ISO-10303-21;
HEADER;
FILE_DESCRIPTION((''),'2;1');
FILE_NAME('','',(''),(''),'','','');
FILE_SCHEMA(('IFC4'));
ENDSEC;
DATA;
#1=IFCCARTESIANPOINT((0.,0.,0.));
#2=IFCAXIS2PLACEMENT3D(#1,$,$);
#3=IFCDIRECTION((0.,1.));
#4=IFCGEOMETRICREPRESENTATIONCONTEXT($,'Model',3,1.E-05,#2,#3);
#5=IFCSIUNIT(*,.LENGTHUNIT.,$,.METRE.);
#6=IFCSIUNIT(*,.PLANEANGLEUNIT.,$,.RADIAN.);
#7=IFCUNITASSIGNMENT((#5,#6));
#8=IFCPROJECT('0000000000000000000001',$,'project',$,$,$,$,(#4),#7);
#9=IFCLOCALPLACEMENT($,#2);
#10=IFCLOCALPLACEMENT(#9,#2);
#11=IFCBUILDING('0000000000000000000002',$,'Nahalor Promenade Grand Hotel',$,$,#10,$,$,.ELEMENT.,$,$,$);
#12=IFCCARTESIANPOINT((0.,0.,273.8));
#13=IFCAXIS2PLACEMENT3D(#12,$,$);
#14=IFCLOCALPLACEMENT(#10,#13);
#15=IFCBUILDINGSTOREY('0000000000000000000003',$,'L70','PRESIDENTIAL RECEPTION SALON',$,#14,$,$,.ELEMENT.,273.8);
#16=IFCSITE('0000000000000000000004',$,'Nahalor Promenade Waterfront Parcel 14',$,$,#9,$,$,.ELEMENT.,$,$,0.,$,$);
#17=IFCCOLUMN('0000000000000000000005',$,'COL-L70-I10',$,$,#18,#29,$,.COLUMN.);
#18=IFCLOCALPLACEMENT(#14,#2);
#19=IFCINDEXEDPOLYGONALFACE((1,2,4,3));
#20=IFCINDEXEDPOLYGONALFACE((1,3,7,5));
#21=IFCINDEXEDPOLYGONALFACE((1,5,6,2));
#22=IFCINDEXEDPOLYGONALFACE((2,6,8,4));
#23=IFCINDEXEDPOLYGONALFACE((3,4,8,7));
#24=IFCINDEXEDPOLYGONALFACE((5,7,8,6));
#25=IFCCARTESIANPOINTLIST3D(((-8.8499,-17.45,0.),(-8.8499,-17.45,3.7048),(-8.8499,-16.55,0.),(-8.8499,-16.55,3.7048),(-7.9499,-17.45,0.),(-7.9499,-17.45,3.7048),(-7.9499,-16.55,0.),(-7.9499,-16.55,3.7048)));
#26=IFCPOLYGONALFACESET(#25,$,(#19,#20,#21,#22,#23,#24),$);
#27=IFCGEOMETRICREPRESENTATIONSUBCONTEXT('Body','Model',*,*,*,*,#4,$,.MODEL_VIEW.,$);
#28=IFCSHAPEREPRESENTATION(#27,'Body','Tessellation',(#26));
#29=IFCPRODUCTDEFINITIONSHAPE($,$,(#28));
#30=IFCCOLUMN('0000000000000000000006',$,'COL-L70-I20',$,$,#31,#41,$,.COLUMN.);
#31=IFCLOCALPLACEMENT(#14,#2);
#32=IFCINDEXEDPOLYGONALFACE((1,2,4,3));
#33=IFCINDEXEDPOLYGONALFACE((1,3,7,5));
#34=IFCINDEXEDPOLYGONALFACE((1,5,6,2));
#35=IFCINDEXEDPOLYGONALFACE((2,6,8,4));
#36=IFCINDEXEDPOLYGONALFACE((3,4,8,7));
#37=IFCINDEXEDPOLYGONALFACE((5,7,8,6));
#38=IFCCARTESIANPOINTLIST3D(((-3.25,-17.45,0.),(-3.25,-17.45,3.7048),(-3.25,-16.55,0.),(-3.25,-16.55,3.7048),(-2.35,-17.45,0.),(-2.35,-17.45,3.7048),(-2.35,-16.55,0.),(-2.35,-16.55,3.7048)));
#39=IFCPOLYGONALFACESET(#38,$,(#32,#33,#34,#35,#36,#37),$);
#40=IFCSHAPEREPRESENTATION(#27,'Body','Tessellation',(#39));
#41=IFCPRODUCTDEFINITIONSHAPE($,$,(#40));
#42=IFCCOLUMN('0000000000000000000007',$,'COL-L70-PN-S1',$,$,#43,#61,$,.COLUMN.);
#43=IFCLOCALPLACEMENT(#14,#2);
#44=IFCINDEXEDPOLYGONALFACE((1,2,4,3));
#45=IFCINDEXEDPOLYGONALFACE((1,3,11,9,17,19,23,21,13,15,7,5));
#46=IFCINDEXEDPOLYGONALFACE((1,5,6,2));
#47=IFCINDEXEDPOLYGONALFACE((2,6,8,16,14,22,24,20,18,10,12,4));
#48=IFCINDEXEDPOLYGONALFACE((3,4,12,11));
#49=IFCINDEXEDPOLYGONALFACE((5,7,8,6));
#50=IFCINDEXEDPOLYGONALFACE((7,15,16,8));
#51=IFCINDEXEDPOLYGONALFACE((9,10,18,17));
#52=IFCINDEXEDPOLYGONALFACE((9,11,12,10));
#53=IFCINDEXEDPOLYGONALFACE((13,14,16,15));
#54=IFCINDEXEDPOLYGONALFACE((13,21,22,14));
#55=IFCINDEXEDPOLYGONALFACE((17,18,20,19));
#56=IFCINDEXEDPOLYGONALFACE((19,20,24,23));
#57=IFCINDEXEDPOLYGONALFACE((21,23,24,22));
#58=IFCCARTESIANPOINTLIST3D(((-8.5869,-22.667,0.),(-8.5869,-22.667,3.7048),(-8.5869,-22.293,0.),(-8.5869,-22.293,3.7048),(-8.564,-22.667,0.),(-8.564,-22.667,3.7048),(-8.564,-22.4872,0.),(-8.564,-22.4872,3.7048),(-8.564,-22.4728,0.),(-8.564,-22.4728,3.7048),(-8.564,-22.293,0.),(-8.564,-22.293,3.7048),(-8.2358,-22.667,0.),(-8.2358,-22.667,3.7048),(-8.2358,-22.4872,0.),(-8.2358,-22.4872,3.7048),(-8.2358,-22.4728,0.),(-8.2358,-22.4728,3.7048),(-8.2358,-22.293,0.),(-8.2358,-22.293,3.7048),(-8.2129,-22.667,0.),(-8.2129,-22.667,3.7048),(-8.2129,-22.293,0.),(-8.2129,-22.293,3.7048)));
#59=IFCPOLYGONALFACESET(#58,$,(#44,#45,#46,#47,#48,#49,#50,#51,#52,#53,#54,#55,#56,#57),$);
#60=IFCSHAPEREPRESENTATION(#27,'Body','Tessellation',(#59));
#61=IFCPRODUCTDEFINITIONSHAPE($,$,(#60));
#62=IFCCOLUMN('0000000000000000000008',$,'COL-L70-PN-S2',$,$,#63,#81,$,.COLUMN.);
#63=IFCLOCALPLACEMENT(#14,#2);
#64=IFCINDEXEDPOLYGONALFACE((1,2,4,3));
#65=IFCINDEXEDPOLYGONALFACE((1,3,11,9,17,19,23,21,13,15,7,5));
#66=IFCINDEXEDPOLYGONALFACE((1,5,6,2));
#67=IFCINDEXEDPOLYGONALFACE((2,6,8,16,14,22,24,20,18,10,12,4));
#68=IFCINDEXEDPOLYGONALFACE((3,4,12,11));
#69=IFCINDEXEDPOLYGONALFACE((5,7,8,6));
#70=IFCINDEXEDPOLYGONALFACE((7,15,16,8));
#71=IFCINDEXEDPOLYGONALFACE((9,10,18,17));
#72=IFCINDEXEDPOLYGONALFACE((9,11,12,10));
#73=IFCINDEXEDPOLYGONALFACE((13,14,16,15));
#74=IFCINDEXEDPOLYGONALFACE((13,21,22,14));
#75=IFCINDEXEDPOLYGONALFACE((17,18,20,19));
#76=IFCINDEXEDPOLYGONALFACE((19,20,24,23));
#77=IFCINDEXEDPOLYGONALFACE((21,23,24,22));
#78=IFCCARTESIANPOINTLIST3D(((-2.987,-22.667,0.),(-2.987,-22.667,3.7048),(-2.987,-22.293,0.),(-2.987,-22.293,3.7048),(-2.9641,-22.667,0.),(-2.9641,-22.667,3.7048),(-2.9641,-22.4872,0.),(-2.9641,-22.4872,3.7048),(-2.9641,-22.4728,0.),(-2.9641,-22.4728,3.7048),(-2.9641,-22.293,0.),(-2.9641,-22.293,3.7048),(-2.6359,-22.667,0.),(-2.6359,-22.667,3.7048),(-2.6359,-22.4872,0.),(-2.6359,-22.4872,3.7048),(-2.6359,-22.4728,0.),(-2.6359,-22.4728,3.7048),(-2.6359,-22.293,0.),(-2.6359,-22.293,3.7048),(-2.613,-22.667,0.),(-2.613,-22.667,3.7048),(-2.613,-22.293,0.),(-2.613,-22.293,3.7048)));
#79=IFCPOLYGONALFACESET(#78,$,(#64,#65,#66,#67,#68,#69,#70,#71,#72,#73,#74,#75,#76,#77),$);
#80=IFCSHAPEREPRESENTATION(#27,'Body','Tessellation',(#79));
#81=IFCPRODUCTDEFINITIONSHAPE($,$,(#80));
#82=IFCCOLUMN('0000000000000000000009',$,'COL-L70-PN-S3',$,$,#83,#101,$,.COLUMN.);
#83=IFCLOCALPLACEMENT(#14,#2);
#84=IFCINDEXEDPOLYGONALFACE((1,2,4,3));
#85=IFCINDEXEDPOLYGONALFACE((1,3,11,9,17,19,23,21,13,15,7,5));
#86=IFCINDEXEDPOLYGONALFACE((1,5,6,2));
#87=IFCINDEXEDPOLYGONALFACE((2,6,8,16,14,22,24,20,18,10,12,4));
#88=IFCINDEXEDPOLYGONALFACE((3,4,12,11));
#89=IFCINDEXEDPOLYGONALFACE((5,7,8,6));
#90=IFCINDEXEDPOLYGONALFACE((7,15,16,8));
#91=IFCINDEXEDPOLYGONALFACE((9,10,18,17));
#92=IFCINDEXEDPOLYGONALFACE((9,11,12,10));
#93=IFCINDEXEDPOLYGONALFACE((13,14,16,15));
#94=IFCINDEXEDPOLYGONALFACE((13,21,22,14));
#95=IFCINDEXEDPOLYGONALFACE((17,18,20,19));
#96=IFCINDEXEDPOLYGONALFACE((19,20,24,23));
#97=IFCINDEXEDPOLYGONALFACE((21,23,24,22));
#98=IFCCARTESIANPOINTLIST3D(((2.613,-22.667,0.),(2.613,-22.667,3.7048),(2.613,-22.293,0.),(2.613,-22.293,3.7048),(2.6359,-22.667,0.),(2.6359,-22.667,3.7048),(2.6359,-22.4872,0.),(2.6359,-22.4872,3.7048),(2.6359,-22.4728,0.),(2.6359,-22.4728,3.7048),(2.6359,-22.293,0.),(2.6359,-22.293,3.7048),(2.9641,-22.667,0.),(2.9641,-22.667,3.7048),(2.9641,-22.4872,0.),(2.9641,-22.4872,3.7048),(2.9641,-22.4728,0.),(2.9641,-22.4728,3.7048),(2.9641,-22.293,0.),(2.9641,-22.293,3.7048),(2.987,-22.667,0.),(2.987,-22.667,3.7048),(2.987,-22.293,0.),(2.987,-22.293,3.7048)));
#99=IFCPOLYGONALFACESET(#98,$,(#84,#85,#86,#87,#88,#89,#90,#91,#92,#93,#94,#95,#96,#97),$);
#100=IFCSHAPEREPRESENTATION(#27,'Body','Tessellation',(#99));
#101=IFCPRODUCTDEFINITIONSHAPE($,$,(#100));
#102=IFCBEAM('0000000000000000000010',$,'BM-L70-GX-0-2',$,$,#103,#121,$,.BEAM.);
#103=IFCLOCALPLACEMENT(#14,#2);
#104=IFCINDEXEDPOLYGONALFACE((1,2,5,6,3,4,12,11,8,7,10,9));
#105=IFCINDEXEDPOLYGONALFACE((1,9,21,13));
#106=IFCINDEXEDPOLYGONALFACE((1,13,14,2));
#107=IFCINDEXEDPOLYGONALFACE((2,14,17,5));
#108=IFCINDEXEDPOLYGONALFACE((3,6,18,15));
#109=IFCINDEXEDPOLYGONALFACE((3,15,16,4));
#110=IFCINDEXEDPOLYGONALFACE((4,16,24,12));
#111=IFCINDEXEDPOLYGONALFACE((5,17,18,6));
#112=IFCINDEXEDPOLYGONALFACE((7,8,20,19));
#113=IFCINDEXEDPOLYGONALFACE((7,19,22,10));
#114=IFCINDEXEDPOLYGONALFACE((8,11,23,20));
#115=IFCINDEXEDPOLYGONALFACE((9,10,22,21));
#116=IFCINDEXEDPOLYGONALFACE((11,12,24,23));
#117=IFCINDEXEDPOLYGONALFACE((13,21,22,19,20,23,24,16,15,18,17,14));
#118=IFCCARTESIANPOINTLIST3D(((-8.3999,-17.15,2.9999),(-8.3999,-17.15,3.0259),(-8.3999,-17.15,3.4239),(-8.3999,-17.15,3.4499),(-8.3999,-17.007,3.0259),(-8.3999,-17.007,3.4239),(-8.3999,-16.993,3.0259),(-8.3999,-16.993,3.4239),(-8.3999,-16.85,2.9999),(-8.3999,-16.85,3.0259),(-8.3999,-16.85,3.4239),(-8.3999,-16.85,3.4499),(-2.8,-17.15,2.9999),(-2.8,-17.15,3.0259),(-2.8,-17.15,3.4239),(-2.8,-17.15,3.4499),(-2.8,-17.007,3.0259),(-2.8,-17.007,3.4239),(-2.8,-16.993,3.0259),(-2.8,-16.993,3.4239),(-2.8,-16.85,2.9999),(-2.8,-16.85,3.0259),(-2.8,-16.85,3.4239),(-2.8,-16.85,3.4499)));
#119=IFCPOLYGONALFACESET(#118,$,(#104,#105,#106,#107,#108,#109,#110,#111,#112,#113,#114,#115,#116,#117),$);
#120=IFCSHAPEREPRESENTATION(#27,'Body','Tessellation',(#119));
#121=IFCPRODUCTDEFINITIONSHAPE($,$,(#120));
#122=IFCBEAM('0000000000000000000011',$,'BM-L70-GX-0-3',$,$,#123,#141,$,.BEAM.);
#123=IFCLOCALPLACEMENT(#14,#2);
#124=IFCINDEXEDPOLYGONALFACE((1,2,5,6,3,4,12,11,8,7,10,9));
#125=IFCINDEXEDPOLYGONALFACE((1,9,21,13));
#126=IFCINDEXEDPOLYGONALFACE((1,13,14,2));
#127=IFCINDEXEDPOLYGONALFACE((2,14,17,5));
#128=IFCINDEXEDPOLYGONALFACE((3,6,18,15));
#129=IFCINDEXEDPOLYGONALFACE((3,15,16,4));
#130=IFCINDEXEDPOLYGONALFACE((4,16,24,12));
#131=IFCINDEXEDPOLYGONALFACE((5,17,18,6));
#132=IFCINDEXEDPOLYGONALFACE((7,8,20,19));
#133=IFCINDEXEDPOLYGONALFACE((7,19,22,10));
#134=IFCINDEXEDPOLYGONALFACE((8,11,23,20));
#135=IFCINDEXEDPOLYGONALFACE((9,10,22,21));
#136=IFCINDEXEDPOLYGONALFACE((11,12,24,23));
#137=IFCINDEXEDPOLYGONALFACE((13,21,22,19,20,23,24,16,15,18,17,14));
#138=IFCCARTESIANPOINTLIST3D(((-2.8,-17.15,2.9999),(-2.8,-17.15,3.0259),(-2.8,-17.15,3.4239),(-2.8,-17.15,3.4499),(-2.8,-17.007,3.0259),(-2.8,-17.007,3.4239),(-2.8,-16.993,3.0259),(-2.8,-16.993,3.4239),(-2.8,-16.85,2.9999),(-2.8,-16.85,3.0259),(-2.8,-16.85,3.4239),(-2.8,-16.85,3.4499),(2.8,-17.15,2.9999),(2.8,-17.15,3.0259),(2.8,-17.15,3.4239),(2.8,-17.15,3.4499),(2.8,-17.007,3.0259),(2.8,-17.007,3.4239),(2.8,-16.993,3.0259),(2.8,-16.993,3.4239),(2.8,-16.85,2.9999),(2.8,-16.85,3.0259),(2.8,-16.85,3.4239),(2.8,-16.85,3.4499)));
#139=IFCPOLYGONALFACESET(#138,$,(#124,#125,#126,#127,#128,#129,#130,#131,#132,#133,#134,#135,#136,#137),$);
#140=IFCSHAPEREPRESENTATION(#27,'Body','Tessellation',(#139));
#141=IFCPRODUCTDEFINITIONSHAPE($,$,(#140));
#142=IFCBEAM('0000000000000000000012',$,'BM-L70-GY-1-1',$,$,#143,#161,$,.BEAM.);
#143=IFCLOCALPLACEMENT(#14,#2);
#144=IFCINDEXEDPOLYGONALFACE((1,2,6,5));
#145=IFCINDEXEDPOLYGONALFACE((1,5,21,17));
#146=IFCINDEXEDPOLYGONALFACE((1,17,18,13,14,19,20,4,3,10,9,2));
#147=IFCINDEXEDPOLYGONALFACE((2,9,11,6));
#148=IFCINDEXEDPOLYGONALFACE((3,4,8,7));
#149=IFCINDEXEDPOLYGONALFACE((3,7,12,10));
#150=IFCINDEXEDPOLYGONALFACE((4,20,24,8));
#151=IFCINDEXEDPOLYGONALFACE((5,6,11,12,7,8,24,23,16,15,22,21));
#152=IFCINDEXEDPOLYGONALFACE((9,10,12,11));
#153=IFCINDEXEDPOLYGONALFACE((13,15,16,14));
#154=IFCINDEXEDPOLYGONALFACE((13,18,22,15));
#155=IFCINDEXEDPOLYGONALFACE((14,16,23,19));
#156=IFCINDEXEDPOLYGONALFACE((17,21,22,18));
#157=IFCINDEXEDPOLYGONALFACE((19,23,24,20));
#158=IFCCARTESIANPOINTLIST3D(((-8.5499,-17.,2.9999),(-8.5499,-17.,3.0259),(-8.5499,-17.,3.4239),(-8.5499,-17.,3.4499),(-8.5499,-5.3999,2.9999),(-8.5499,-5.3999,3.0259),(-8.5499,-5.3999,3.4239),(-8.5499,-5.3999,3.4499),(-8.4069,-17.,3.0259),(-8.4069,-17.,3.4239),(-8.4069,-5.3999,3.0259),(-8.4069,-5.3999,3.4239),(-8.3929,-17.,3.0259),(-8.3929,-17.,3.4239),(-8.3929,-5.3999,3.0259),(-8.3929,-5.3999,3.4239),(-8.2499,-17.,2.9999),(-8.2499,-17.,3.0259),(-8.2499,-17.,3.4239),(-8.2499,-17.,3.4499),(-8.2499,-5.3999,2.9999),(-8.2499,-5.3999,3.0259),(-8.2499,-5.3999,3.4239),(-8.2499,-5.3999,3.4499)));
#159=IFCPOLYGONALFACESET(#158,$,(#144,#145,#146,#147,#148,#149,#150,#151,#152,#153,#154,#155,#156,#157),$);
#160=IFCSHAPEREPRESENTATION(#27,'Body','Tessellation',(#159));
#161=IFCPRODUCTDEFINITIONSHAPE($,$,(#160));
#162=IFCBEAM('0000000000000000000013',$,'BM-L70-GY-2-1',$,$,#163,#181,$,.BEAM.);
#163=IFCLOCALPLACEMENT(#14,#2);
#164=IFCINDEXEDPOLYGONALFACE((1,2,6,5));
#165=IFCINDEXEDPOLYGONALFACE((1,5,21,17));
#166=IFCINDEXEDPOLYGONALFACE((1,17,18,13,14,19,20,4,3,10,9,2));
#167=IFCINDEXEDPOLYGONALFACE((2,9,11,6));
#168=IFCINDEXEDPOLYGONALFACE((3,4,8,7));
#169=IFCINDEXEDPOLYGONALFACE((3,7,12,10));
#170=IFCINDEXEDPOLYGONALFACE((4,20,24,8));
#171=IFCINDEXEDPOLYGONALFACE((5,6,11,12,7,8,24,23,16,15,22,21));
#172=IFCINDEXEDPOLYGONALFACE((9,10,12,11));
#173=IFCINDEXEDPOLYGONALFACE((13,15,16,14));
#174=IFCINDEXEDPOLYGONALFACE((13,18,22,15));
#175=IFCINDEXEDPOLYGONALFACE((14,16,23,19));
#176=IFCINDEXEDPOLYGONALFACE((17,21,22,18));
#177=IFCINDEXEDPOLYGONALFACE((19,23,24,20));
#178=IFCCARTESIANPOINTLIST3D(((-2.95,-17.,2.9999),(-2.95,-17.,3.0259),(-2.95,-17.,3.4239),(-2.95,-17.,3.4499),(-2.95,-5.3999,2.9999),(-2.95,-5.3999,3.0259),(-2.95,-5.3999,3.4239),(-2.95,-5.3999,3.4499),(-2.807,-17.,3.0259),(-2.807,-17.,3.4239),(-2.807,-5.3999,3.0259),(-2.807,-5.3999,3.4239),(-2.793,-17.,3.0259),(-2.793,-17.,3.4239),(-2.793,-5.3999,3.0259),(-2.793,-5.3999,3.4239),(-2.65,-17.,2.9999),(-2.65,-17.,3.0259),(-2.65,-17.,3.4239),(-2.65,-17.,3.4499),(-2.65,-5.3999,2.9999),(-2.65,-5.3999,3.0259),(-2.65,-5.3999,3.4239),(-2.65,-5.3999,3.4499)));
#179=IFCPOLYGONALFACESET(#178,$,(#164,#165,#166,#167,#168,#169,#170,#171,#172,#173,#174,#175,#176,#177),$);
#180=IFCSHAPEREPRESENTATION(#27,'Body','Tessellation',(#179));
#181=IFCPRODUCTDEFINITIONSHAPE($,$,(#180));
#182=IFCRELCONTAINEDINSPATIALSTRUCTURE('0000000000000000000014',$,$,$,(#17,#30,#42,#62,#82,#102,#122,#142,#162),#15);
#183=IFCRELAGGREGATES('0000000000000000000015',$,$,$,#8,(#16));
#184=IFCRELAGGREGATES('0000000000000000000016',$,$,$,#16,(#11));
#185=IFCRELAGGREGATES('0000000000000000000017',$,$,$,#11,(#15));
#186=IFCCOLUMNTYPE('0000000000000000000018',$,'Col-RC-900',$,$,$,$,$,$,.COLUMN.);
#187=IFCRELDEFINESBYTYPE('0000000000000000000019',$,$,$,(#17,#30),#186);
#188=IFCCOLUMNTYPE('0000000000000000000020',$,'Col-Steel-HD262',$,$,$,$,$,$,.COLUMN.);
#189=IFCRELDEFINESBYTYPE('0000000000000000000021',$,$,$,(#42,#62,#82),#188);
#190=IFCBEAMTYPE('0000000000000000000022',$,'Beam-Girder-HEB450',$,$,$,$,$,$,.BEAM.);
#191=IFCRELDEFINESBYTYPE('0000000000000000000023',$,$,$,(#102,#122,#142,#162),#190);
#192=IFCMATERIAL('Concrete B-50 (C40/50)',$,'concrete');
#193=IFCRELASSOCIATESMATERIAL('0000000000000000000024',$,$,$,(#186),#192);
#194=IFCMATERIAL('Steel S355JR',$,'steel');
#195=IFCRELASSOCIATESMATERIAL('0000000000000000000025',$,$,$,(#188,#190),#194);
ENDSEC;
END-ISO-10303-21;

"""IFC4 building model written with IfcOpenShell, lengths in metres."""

from ifc_helpers import new_model, si_unit, direction, frame, origin, origin_2d, place, context, subcontext, project, spatial, rectangle, i_section, extrude, source, transform, mapped, material, material_profile, profile_set, type_object, element, save


model = new_model("IFC4")

# Units and contexts
model_context = context("Model", 3, precision=1e-05, world=origin(), true_north=direction((0.0, 1.0)))
body_context = subcontext(model_context, "Body", "Model", "MODEL_VIEW")
ifc_project = project(units=[si_unit("LENGTHUNIT", "METRE"), si_unit("PLANEANGLEUNIT", "RADIAN")], contexts=[model_context])

# Site, building, storey
site_placement = place(None, origin())
site = spatial("IfcSite", under=ifc_project, at=site_placement, Name="Nahalor Promenade Waterfront Parcel 14", CompositionType="ELEMENT", RefElevation=0.0)
building_placement = place(site_placement, origin())
building = spatial("IfcBuilding", under=site, at=building_placement, Name="Nahalor Promenade Grand Hotel", CompositionType="ELEMENT")
storey_placement = place(building_placement, frame((0.0, 0.0, 273.8)))
storey = spatial("IfcBuildingStorey", under=building, at=storey_placement, Name="L70", Description="PRESIDENTIAL RECEPTION SALON", CompositionType="ELEMENT", Elevation=273.8)

# Columns
ifc_material_1 = material(Name="Concrete B-50 (C40/50)", Category="concrete")
ifc_material_profile_1 = material_profile(ifc_material_1, rectangle(XDim=0.9, YDim=0.9, at=origin_2d()), Name="RC 900x900")
ifc_profile_set_1 = profile_set([ifc_material_profile_1], Name="Concrete B-50 (C40/50)")
column_type_1 = type_object("IfcColumnType", Name="Col-RC-900", PredefinedType="COLUMN", material=ifc_profile_set_1)
shared_shape_1 = source(origin(), body_context, "Body", "SweptSolid", [
    extrude(rectangle(XDim=0.9, YDim=0.9, at=origin_2d()), origin(), (0.0, 0.0, 1.0), 3.7048),
])
for number, where, z_axis, x_axis, name in (
    (1, (-8.3999, -17.0, 0.0), (0.0, 0.0, 1.0), (1.0, 0.0, 0.0), "COL-L70-I10"),
    (2, (-2.8, -17.0, 0.0), (0.0, 0.0, 1.0), (1.0, 0.0, 0.0), "COL-L70-I20"),
):
    element("IfcColumn", number, at=place(storey_placement, frame(where, z_axis=z_axis, x_axis=x_axis)), inside=storey, type_object=column_type_1, Name=name, PredefinedType="COLUMN", context=body_context, shape_type="MappedRepresentation", body=[
        mapped(shared_shape_1, transform((0.0, 0.0, 0.0), scale=1.0)),
    ])
ifc_material_2 = material(Name="Steel S355JR", Category="steel")
ifc_material_profile_2 = material_profile(ifc_material_2, i_section(OverallWidth=0.374, OverallDepth=0.374, WebThickness=0.0144, FlangeThickness=0.0229, at=origin_2d()), Name="HD 360x262")
ifc_profile_set_2 = profile_set([ifc_material_profile_2], Name="Steel S355JR")
column_type_2 = type_object("IfcColumnType", Name="Col-Steel-HD262", PredefinedType="COLUMN", material=ifc_profile_set_2)
shared_shape_2 = source(origin(), body_context, "Body", "SweptSolid", [
    extrude(i_section(OverallWidth=0.374, OverallDepth=0.374, WebThickness=0.0144, FlangeThickness=0.0229, at=origin_2d()), origin(), (0.0, 0.0, 1.0), 3.7048),
])
for number, where, z_axis, x_axis, name in (
    (3, (-8.3999, -22.48, 0.0), (0.0, 0.0, 1.0), (0.0, 1.0, 0.0), "COL-L70-PN-S1"),
    (4, (-2.8, -22.48, 0.0), (0.0, 0.0, 1.0), (0.0, 1.0, 0.0), "COL-L70-PN-S2"),
    (5, (2.8, -22.48, 0.0), (0.0, 0.0, 1.0), (0.0, 1.0, 0.0), "COL-L70-PN-S3"),
):
    element("IfcColumn", number, at=place(storey_placement, frame(where, z_axis=z_axis, x_axis=x_axis)), inside=storey, type_object=column_type_2, Name=name, PredefinedType="COLUMN", context=body_context, shape_type="MappedRepresentation", body=[
        mapped(shared_shape_2, transform((0.0, 0.0, 0.0), scale=1.0)),
    ])

# Beams
ifc_material_profile_3 = material_profile(ifc_material_2, i_section(OverallWidth=0.3, OverallDepth=0.45, WebThickness=0.014, FlangeThickness=0.026, at=origin_2d()), Name="HEB 450")
ifc_profile_set_3 = profile_set([ifc_material_profile_3], Name="Steel S355JR")
beam_type_1 = type_object("IfcBeamType", Name="Beam-Girder-HEB450", PredefinedType="BEAM", material=ifc_profile_set_3)
shared_shape_3 = source(origin(), body_context, "Body", "SweptSolid", [
    extrude(i_section(OverallWidth=0.3, OverallDepth=0.45, WebThickness=0.014, FlangeThickness=0.026, at=origin_2d()), origin(), (0.0, 0.0, 1.0), 5.5999),
])
beam_1_placement = place(storey_placement, frame((-8.3999, -17.0, 3.2249), z_axis=(1.0, 0.0, 0.0), x_axis=(0.0, 1.0, 0.0)))
element("IfcBeam", 6, at=beam_1_placement, inside=storey, type_object=beam_type_1, Name="BM-L70-GX-0-2", PredefinedType="BEAM", context=body_context, shape_type="MappedRepresentation", body=[
    mapped(shared_shape_3, transform((0.0, 0.0, 0.0), scale=1.0)),
])
shared_shape_4 = source(origin(), body_context, "Body", "SweptSolid", [
    extrude(i_section(OverallWidth=0.3, OverallDepth=0.45, WebThickness=0.014, FlangeThickness=0.026, at=origin_2d()), origin(), (0.0, 0.0, 1.0), 5.6001),
])
beam_2_placement = place(storey_placement, frame((-2.8, -17.0, 3.2249), z_axis=(1.0, 0.0, 0.0), x_axis=(0.0, 1.0, 0.0)))
element("IfcBeam", 7, at=beam_2_placement, inside=storey, type_object=beam_type_1, Name="BM-L70-GX-0-3", PredefinedType="BEAM", context=body_context, shape_type="MappedRepresentation", body=[
    mapped(shared_shape_4, transform((0.0, 0.0, 0.0), scale=1.0)),
])
shared_shape_5 = source(origin(), body_context, "Body", "SweptSolid", [
    extrude(i_section(OverallWidth=0.3, OverallDepth=0.45, WebThickness=0.014, FlangeThickness=0.026, at=origin_2d()), origin(), (0.0, 0.0, 1.0), 11.6001),
])
for number, where, z_axis, x_axis, name in (
    (8, (-8.3999, -17.0, 3.2249), (0.0, 1.0, 0.0), (-1.0, 0.0, 0.0), "BM-L70-GY-1-1"),
    (9, (-2.8, -17.0, 3.2249), (0.0, 1.0, 0.0), (-1.0, 0.0, 0.0), "BM-L70-GY-2-1"),
):
    element("IfcBeam", number, at=place(storey_placement, frame(where, z_axis=z_axis, x_axis=x_axis)), inside=storey, type_object=beam_type_1, Name=name, PredefinedType="BEAM", context=body_context, shape_type="MappedRepresentation", body=[
        mapped(shared_shape_5, transform((0.0, 0.0, 0.0), scale=1.0)),
    ])

save(model, "model.ifc")
